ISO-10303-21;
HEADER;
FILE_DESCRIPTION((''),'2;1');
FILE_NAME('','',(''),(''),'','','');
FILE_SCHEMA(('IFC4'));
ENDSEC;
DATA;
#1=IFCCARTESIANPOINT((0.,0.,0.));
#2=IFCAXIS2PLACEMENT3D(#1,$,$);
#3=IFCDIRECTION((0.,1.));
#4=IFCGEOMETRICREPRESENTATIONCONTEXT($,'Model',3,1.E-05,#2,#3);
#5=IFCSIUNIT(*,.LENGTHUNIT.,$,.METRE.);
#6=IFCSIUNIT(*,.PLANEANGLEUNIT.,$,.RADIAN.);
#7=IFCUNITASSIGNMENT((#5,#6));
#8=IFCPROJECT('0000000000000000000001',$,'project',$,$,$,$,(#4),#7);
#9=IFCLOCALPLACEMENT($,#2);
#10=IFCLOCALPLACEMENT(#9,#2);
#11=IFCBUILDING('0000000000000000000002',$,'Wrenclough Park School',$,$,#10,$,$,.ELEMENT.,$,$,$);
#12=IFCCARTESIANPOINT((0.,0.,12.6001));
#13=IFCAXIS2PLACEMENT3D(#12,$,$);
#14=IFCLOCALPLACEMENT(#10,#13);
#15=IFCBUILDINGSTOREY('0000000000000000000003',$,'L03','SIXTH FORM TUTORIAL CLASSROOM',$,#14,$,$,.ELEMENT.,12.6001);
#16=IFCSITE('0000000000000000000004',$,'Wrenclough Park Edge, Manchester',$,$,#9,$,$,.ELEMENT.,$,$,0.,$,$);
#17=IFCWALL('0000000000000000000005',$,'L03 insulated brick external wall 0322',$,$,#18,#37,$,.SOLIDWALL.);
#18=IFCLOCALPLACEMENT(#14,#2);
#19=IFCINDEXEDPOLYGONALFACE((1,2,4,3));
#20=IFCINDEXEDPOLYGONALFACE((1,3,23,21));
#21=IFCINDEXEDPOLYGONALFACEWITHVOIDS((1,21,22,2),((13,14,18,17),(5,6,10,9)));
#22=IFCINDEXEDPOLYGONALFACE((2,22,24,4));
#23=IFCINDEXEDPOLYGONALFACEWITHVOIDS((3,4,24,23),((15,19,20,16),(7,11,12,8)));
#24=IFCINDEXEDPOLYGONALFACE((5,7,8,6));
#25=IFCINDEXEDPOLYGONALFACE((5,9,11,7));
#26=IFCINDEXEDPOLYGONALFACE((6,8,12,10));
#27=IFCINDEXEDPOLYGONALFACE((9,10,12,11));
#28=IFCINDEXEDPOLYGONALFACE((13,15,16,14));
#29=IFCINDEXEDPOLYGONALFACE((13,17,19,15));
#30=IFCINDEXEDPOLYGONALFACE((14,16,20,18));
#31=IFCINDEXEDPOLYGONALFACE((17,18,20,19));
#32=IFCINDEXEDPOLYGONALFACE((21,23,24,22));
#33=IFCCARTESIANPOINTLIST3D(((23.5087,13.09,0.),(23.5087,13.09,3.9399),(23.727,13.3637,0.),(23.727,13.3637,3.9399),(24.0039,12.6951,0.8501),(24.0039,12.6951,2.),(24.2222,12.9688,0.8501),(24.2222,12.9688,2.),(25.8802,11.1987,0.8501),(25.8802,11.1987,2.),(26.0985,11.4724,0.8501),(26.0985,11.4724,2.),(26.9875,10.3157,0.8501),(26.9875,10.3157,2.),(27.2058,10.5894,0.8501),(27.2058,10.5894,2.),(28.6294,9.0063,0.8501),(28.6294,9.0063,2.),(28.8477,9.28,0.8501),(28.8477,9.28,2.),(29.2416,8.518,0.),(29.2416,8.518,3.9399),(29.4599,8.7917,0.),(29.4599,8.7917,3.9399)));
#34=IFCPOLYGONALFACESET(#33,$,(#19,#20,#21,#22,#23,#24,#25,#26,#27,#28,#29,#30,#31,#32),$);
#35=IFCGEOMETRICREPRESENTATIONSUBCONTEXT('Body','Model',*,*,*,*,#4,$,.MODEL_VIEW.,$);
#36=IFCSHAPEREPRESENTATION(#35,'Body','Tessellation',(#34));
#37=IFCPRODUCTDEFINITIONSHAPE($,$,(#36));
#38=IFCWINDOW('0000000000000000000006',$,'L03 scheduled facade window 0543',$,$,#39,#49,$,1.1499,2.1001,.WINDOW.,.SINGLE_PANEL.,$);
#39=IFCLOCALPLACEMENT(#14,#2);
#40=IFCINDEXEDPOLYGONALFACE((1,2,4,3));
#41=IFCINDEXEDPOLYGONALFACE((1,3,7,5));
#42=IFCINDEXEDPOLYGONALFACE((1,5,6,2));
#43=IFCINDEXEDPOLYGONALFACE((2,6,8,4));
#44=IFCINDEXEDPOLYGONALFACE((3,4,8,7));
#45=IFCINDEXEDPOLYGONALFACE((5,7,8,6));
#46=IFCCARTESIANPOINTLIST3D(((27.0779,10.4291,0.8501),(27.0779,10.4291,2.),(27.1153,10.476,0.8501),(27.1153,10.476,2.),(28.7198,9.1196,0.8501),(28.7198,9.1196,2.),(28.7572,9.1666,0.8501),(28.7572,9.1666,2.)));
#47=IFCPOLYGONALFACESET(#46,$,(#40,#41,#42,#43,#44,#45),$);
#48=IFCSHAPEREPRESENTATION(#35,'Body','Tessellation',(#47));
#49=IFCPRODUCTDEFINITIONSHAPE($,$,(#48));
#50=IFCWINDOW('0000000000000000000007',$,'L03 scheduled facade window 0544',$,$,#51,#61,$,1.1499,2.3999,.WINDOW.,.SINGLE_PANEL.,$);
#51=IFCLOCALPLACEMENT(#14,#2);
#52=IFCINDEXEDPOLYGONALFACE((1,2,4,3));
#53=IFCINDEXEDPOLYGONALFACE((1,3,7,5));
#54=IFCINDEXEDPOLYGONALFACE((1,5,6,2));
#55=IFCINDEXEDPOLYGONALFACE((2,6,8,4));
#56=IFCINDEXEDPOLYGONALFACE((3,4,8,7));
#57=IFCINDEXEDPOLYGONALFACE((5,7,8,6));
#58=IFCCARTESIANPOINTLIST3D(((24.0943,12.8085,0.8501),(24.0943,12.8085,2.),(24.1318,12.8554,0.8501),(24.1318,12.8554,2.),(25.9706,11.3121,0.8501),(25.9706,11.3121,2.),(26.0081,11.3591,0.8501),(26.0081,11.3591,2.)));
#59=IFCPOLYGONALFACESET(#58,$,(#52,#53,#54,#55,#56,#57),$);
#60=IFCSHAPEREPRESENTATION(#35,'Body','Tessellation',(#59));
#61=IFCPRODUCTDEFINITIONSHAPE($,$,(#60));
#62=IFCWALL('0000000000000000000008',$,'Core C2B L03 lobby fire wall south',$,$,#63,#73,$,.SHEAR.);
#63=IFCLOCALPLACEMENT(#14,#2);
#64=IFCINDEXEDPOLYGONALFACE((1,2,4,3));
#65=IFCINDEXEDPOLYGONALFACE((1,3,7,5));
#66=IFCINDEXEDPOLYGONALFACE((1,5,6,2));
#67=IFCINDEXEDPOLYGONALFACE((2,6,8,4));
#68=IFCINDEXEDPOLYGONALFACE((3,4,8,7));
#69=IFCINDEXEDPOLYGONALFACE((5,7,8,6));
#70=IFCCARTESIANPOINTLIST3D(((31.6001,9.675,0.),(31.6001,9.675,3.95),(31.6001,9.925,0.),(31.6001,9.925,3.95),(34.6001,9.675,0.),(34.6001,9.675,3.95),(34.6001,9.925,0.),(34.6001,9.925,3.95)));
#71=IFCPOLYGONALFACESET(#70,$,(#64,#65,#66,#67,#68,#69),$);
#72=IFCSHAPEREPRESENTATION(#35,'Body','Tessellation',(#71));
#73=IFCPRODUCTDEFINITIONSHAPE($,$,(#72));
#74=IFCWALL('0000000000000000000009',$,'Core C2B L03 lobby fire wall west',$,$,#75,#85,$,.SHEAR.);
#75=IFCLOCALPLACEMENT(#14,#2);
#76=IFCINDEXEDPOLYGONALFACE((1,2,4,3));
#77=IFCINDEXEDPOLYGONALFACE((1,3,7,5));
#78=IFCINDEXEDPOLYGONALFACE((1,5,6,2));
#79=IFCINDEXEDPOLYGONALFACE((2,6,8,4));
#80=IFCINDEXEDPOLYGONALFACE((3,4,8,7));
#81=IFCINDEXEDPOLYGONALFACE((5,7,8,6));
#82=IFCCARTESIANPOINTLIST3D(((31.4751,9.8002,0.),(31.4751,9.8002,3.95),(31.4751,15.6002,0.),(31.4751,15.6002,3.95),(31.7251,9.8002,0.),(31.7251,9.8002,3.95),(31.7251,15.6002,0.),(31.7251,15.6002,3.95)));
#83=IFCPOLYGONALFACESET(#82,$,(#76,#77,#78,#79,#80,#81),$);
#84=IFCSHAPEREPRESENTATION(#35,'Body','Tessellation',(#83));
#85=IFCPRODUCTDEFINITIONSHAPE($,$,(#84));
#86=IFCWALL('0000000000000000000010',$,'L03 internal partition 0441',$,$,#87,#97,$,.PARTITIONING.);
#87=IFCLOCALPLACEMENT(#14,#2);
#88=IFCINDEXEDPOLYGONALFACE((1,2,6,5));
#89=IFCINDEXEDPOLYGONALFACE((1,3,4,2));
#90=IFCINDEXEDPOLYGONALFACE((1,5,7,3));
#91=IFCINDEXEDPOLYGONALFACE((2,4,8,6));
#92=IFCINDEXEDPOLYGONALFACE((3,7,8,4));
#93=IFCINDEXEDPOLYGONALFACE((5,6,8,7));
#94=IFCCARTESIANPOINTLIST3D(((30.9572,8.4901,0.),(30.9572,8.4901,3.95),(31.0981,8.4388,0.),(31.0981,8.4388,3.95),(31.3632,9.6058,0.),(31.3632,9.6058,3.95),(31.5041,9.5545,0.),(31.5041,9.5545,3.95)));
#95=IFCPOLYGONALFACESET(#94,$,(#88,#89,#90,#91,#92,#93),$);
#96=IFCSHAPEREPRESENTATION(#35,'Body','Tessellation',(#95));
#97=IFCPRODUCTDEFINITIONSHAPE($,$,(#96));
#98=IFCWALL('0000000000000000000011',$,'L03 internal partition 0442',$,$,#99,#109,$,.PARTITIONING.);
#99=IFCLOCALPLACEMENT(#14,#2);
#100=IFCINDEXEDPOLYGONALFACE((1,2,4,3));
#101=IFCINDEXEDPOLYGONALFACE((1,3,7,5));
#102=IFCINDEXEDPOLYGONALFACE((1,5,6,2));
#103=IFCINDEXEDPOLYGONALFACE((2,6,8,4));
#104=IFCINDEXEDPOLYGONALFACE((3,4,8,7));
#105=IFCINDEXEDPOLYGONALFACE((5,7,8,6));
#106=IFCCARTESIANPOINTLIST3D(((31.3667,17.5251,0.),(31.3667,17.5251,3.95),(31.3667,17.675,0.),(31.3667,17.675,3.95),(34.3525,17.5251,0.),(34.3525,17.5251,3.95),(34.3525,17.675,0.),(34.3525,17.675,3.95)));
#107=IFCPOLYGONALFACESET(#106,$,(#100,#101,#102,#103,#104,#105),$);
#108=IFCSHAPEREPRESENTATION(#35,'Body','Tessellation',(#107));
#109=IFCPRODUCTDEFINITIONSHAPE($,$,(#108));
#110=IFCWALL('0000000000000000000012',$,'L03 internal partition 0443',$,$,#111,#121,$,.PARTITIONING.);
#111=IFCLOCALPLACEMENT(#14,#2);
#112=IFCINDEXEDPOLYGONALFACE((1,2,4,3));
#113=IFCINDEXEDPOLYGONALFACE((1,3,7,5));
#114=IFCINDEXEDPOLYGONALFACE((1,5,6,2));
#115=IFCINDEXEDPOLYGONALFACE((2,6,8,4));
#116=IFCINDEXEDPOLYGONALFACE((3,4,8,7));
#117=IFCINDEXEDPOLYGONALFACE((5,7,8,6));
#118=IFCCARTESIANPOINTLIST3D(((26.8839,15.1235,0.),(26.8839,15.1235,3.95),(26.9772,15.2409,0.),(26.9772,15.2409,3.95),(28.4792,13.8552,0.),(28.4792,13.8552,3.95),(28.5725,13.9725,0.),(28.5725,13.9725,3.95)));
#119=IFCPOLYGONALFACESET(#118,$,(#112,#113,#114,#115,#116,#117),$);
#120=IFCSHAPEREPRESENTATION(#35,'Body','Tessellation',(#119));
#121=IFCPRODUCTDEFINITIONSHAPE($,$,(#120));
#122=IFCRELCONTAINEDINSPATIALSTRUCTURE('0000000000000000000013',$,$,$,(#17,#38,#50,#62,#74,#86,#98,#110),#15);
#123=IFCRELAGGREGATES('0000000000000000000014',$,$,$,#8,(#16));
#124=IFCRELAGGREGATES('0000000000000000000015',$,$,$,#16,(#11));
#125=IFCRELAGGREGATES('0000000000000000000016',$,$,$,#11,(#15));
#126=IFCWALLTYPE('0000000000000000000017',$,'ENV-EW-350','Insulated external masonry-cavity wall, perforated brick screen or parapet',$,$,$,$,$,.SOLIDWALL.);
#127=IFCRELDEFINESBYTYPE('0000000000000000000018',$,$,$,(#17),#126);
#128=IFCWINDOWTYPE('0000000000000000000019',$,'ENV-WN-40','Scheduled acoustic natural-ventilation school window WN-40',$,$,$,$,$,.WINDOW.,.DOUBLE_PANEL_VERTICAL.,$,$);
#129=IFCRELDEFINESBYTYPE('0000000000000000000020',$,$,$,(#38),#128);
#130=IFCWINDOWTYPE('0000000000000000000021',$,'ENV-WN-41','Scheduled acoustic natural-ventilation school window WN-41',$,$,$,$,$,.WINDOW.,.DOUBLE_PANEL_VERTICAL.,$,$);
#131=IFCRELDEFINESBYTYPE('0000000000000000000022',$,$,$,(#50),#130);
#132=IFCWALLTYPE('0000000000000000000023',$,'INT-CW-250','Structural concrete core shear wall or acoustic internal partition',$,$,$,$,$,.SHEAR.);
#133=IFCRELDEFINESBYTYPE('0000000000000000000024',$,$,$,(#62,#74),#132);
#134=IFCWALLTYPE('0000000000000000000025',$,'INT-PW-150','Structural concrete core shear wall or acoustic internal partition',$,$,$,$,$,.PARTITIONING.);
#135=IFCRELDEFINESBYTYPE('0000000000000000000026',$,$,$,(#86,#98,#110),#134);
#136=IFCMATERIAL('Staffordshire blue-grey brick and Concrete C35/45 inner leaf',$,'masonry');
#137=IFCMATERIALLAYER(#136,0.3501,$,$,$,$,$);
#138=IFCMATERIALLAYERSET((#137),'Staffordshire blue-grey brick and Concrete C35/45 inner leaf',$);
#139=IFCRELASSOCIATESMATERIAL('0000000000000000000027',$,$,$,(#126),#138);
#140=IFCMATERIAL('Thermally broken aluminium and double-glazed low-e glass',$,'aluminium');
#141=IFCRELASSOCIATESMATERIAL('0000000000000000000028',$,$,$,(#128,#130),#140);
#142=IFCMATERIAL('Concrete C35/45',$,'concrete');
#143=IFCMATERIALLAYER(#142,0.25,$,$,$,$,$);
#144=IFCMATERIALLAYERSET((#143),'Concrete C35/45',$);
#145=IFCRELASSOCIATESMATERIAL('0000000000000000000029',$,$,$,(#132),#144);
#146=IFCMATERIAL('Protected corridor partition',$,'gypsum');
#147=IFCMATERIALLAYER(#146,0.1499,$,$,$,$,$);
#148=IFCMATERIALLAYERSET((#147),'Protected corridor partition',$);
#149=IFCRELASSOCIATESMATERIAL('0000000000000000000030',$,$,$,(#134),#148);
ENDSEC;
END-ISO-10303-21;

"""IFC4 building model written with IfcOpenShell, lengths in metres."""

from ifc_helpers import new_model, si_unit, direction, frame, frame_2d, origin, place, context, subcontext, project, spatial, rectangle, extrude, material, layer, layer_set, type_object, element, fill, save


model = new_model("IFC4")

# Units and contexts
model_context = context("Model", 3, precision=1e-05, world=origin(), true_north=direction((0.0, 1.0)))
body_context = subcontext(model_context, "Body", "Model", "MODEL_VIEW")
ifc_project = project(units=[si_unit("LENGTHUNIT", "METRE"), si_unit("PLANEANGLEUNIT", "RADIAN")], contexts=[model_context])

# Site, building, storey
site_placement = place(None, origin())
site = spatial("IfcSite", under=ifc_project, at=site_placement, Name="Wrenclough Park Edge, Manchester", CompositionType="ELEMENT", RefElevation=0.0)
building_placement = place(site_placement, origin())
building = spatial("IfcBuilding", under=site, at=building_placement, Name="Wrenclough Park School", CompositionType="ELEMENT")
storey_placement = place(building_placement, frame((0.0, 0.0, 12.6001)))
storey = spatial("IfcBuildingStorey", under=building, at=storey_placement, Name="L03", Description="SIXTH FORM TUTORIAL CLASSROOM", CompositionType="ELEMENT", Elevation=12.6001)

# Wall, openings, windows
ifc_material_1 = material(Name="Staffordshire blue-grey brick and Concrete C35/45 inner leaf", Category="masonry")
ifc_layer_1 = layer(ifc_material_1, 0.3501)
ifc_layer_set_1 = layer_set([ifc_layer_1], Name="Staffordshire blue-grey brick and Concrete C35/45 inner leaf")
wall_type_1 = type_object("IfcWallType", Name="ENV-EW-350", Description="Insulated external masonry-cavity wall, perforated brick screen or parapet", PredefinedType="SOLIDWALL", material=ifc_layer_set_1)
wall_1_placement = place(storey_placement, frame((29.3508, 8.6548, 0.0), z_axis=(0.0, 0.0, 1.0), x_axis=(-0.78182, 0.623505, 0.0)))
wall_1 = element("IfcWall", 1, at=wall_1_placement, inside=storey, type_object=wall_type_1, Name="L03 insulated brick external wall 0322", PredefinedType="SOLIDWALL", context=body_context, shape_type="SweptSolid", body=[
    extrude(rectangle(XDim=7.3328, YDim=0.3501, at=frame_2d((3.6665, 0.0))), origin(), (0.0, 0.0, 1.0), 3.9399),
])
opening_1_placement = place(wall_1_placement, frame((0.7832, 0.0, 0.8501)))
opening_1 = element("IfcOpeningElement", 2, at=opening_1_placement, cuts=wall_1, PredefinedType="OPENING", context=body_context, shape_type="SweptSolid", body=[
    extrude(rectangle(XDim=2.1001, YDim=1.1499, at=frame_2d((1.05, 0.575))), frame((0.0, 0.1851, 0.0), z_axis=(0.0, -1.0, 0.0), x_axis=(1.0, 0.0, 0.0)), (0.0, 0.0, 1.0), 0.3701),
])
opening_2_placement = place(wall_1_placement, frame((4.2996, 0.0, 0.8501)))
opening_2 = element("IfcOpeningElement", 3, at=opening_2_placement, cuts=wall_1, PredefinedType="OPENING", context=body_context, shape_type="SweptSolid", body=[
    extrude(rectangle(XDim=2.3999, YDim=1.1499, at=frame_2d((1.2, 0.575))), frame((0.0, 0.1851, 0.0), z_axis=(0.0, -1.0, 0.0), x_axis=(1.0, 0.0, 0.0)), (0.0, 0.0, 1.0), 0.3701),
])
ifc_material_2 = material(Name="Thermally broken aluminium and double-glazed low-e glass", Category="aluminium")
window_type_1 = type_object("IfcWindowType", Name="ENV-WN-40", Description="Scheduled acoustic natural-ventilation school window WN-40", PartitioningType="DOUBLE_PANEL_VERTICAL", PredefinedType="WINDOW", material=ifc_material_2)
window_1_placement = place(opening_1_placement, origin())
window_1 = element("IfcWindow", 4, at=window_1_placement, inside=storey, type_object=window_type_1, Name="L03 scheduled facade window 0543", OverallHeight=1.1499, OverallWidth=2.1001, PartitioningType="SINGLE_PANEL", PredefinedType="WINDOW", context=body_context, shape_type="SweptSolid", body=[
    extrude(rectangle(XDim=2.1001, YDim=1.1499, at=frame_2d((1.05, 0.575))), frame((0.0, 0.03, 0.0), z_axis=(0.0, -1.0, 0.0), x_axis=(1.0, 0.0, 0.0)), (0.0, 0.0, 1.0), 0.0601),
])
fill(opening_1, window_1)
window_type_2 = type_object("IfcWindowType", Name="ENV-WN-41", Description="Scheduled acoustic natural-ventilation school window WN-41", PartitioningType="DOUBLE_PANEL_VERTICAL", PredefinedType="WINDOW", material=ifc_material_2)
window_2_placement = place(opening_2_placement, origin())
window_2 = element("IfcWindow", 5, at=window_2_placement, inside=storey, type_object=window_type_2, Name="L03 scheduled facade window 0544", OverallHeight=1.1499, OverallWidth=2.3999, PartitioningType="SINGLE_PANEL", PredefinedType="WINDOW", context=body_context, shape_type="SweptSolid", body=[
    extrude(rectangle(XDim=2.3999, YDim=1.1499, at=frame_2d((1.2, 0.575))), frame((0.0, 0.03, 0.0), z_axis=(0.0, -1.0, 0.0), x_axis=(1.0, 0.0, 0.0)), (0.0, 0.0, 1.0), 0.0601),
])
fill(opening_2, window_2)

# Walls
ifc_material_3 = material(Name="Concrete C35/45", Category="concrete")
ifc_layer_2 = layer(ifc_material_3, 0.25)
ifc_layer_set_2 = layer_set([ifc_layer_2], Name="Concrete C35/45")
wall_type_2 = type_object("IfcWallType", Name="INT-CW-250", Description="Structural concrete core shear wall or acoustic internal partition", PredefinedType="SHEAR", material=ifc_layer_set_2)
wall_2_placement = place(storey_placement, frame((31.6001, 9.8, 0.0), z_axis=(0.0, 0.0, 1.0), x_axis=(1.0, 0.0, 0.0)))
element("IfcWall", 6, at=wall_2_placement, inside=storey, type_object=wall_type_2, Name="Core C2B L03 lobby fire wall south", PredefinedType="SHEAR", context=body_context, shape_type="SweptSolid", body=[
    extrude(rectangle(XDim=3.0, YDim=0.25, at=frame_2d((1.5, 0.0))), origin(), (0.0, 0.0, 1.0), 3.95),
])
wall_3_placement = place(storey_placement, frame((31.6001, 15.6001, 0.0), z_axis=(0.0, 0.0, 1.0), x_axis=(0.0, -1.0, 0.0)))
element("IfcWall", 7, at=wall_3_placement, inside=storey, type_object=wall_type_2, Name="Core C2B L03 lobby fire wall west", PredefinedType="SHEAR", context=body_context, shape_type="SweptSolid", body=[
    extrude(rectangle(XDim=5.8, YDim=0.25, at=frame_2d((2.8999, 0.0))), origin(), (0.0, 0.0, 1.0), 3.95),
])
ifc_material_4 = material(Name="Protected corridor partition", Category="gypsum")
ifc_layer_3 = layer(ifc_material_4, 0.1499)
ifc_layer_set_3 = layer_set([ifc_layer_3], Name="Protected corridor partition")
wall_type_3 = type_object("IfcWallType", Name="INT-PW-150", Description="Structural concrete core shear wall or acoustic internal partition", PredefinedType="PARTITIONING", material=ifc_layer_set_3)
wall_4_placement = place(storey_placement, frame((31.0276, 8.4644, 0.0), z_axis=(0.0, 0.0, 1.0), x_axis=(0.341958, 0.939715, 0.0)))
element("IfcWall", 8, at=wall_4_placement, inside=storey, type_object=wall_type_3, Name="L03 internal partition 0441", PredefinedType="PARTITIONING", context=body_context, shape_type="SweptSolid", body=[
    extrude(rectangle(XDim=1.1873, YDim=0.1499, at=frame_2d((0.5938, 0.0))), origin(), (0.0, 0.0, 1.0), 3.95),
])
wall_5_placement = place(storey_placement, frame((34.3525, 17.6001, 0.0), z_axis=(0.0, 0.0, 1.0), x_axis=(-1.0, 0.0, 0.0)))
element("IfcWall", 9, at=wall_5_placement, inside=storey, type_object=wall_type_3, Name="L03 internal partition 0442", PredefinedType="PARTITIONING", context=body_context, shape_type="SweptSolid", body=[
    extrude(rectangle(XDim=2.9858, YDim=0.1499, at=frame_2d((1.4929, 0.0))), origin(), (0.0, 0.0, 1.0), 3.95),
])
wall_6_placement = place(storey_placement, frame((28.5259, 13.9138, 0.0), z_axis=(0.0, 0.0, 1.0), x_axis=(-0.782747, 0.62234, 0.0)))
element("IfcWall", 10, at=wall_6_placement, inside=storey, type_object=wall_type_3, Name="L03 internal partition 0443", PredefinedType="PARTITIONING", context=body_context, shape_type="SweptSolid", body=[
    extrude(rectangle(XDim=2.0381, YDim=0.1499, at=frame_2d((1.019, 0.0))), origin(), (0.0, 0.0, 1.0), 3.95),
])

save(model, "model.ifc")
